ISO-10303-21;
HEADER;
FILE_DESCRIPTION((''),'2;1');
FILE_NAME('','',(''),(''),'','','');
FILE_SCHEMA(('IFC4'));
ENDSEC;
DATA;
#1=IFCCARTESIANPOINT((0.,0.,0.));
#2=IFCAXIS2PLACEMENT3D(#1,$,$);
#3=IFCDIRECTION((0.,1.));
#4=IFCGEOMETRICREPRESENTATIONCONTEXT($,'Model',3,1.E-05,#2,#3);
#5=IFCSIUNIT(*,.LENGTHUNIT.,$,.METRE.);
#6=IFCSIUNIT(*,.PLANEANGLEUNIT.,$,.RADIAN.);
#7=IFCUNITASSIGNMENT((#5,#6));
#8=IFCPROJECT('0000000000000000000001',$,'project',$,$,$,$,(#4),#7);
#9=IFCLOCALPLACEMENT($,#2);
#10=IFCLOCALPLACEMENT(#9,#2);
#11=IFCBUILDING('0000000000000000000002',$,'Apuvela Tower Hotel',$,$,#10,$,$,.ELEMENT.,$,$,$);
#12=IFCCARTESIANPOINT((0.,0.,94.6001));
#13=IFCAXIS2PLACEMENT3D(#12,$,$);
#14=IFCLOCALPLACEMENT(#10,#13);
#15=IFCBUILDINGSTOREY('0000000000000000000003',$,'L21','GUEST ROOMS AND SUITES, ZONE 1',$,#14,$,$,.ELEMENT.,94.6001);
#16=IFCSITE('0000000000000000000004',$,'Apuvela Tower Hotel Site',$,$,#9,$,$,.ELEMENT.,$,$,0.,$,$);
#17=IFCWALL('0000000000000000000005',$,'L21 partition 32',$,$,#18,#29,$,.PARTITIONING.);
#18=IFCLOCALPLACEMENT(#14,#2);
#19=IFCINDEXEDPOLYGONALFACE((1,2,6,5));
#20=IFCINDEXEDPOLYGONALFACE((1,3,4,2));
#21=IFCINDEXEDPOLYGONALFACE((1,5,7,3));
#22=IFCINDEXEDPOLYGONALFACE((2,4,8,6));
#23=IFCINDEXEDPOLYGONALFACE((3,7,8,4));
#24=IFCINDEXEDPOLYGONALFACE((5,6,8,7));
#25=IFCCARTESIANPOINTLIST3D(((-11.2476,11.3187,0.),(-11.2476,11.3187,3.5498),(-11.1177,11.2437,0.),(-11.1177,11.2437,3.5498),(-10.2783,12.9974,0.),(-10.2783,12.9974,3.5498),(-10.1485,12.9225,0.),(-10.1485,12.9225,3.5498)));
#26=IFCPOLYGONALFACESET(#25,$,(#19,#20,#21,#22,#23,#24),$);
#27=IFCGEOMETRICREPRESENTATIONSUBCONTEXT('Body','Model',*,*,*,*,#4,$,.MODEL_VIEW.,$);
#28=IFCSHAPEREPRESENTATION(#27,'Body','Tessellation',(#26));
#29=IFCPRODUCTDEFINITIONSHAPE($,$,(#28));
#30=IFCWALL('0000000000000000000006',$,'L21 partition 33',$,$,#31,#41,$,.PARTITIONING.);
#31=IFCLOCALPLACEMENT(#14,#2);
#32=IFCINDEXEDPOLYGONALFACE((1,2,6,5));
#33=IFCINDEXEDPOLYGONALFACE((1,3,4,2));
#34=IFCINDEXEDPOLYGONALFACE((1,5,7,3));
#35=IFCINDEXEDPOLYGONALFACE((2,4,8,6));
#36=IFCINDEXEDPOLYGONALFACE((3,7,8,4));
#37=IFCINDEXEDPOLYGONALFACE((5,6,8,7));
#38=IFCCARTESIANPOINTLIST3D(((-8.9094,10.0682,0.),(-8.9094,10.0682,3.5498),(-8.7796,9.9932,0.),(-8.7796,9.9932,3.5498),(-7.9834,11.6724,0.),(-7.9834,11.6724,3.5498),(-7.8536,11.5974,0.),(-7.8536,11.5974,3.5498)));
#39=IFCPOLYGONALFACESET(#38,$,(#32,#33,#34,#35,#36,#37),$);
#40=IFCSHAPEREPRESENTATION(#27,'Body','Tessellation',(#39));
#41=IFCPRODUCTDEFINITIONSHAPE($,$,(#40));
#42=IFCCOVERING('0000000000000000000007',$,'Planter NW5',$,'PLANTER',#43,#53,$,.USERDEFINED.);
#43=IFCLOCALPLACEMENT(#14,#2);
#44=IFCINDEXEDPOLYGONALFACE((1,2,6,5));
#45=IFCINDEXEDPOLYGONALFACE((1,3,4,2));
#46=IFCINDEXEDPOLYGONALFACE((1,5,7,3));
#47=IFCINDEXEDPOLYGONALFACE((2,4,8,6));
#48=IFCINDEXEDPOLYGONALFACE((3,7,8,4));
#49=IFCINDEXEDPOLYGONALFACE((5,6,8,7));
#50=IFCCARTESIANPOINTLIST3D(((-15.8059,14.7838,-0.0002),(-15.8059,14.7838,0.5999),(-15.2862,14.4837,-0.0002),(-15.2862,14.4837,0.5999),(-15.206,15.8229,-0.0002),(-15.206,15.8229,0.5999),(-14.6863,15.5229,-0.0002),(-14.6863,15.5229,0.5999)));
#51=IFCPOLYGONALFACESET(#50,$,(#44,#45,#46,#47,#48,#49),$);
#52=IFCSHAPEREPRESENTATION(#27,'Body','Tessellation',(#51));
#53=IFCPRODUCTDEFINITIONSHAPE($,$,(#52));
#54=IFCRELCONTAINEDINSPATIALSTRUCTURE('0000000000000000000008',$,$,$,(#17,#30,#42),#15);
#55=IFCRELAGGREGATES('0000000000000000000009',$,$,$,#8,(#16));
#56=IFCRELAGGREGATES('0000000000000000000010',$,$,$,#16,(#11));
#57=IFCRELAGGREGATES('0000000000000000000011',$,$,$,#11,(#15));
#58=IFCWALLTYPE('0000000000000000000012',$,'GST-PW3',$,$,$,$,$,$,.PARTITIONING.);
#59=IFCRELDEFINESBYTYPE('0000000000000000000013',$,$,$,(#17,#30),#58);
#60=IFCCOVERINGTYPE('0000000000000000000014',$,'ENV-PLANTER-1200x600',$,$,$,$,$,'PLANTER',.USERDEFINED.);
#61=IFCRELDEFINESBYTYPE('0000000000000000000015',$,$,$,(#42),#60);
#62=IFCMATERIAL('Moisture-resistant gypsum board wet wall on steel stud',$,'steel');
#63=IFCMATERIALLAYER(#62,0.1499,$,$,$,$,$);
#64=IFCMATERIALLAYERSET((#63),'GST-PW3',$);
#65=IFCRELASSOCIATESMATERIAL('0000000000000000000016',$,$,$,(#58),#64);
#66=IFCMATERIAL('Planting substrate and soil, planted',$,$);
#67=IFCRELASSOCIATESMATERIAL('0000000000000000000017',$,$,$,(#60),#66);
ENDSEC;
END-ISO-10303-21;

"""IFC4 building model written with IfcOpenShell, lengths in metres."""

from ifc_helpers import new_model, si_unit, direction, frame, frame_2d, origin, origin_2d, place, context, subcontext, project, spatial, rectangle, extrude, material, layer, layer_set, type_object, element, save


model = new_model("IFC4")

# Units and contexts
model_context = context("Model", 3, precision=1e-05, world=origin(), true_north=direction((0.0, 1.0)))
body_context = subcontext(model_context, "Body", "Model", "MODEL_VIEW")
ifc_project = project(units=[si_unit("LENGTHUNIT", "METRE"), si_unit("PLANEANGLEUNIT", "RADIAN")], contexts=[model_context])

# Site, building, storey
site_placement = place(None, origin())
site = spatial("IfcSite", under=ifc_project, at=site_placement, Name="Apuvela Tower Hotel Site", CompositionType="ELEMENT", RefElevation=0.0)
building_placement = place(site_placement, origin())
building = spatial("IfcBuilding", under=site, at=building_placement, Name="Apuvela Tower Hotel", CompositionType="ELEMENT")
storey_placement = place(building_placement, frame((0.0, 0.0, 94.6001)))
storey = spatial("IfcBuildingStorey", under=building, at=storey_placement, Name="L21", Description="GUEST ROOMS AND SUITES, ZONE 1", CompositionType="ELEMENT", Elevation=94.6001)

# Shared definitions
ifc_material_1 = material(Name="Moisture-resistant gypsum board wet wall on steel stud", Category="steel")
ifc_layer_1 = layer(ifc_material_1, 0.1499)
ifc_layer_set_1 = layer_set([ifc_layer_1], Name="GST-PW3")
wall_type_1 = type_object("IfcWallType", Name="GST-PW3", PredefinedType="PARTITIONING", material=ifc_layer_set_1)

# Walls
wall_1_placement = place(storey_placement, frame((-10.2134, 12.96, 0.0), z_axis=(0.0, 0.0, 1.0), x_axis=(-0.500013, -0.866018, 0.0)))
element("IfcWall", 1, at=wall_1_placement, inside=storey, type_object=wall_type_1, Name="L21 partition 32", PredefinedType="PARTITIONING", context=body_context, shape_type="SweptSolid", body=[
    extrude(rectangle(XDim=1.9385, YDim=0.1499, at=frame_2d((0.9692, 0.0))), origin(), (0.0, 0.0, 1.0), 3.5498),
])
wall_2_placement = place(storey_placement, frame((-7.9185, 11.635, 0.0), z_axis=(0.0, 0.0, 1.0), x_axis=(-0.499924, -0.866069, 0.0)))
element("IfcWall", 2, at=wall_2_placement, inside=storey, type_object=wall_type_1, Name="L21 partition 33", PredefinedType="PARTITIONING", context=body_context, shape_type="SweptSolid", body=[
    extrude(rectangle(XDim=1.8523, YDim=0.1499, at=frame_2d((0.9263, 0.0))), origin(), (0.0, 0.0, 1.0), 3.5498),
])

# Covering
ifc_material_2 = material(Name="Planting substrate and soil, planted")
covering_type = type_object("IfcCoveringType", Name="ENV-PLANTER-1200x600", ElementType="PLANTER", PredefinedType="USERDEFINED", material=ifc_material_2)
covering_placement = place(storey_placement, frame((-15.2461, 15.1533, -0.0002), z_axis=(0.0, 0.0, 1.0), x_axis=(-0.5, -0.866025, 0.0)))
element("IfcCovering", 3, at=covering_placement, inside=storey, type_object=covering_type, Name="Planter NW5", ObjectType="PLANTER", PredefinedType="USERDEFINED", context=body_context, shape_type="SweptSolid", body=[
    extrude(rectangle(XDim=1.2, YDim=0.6001, at=origin_2d()), origin(), (0.0, 0.0, 1.0), 0.6001),
])

save(model, "model.ifc")
